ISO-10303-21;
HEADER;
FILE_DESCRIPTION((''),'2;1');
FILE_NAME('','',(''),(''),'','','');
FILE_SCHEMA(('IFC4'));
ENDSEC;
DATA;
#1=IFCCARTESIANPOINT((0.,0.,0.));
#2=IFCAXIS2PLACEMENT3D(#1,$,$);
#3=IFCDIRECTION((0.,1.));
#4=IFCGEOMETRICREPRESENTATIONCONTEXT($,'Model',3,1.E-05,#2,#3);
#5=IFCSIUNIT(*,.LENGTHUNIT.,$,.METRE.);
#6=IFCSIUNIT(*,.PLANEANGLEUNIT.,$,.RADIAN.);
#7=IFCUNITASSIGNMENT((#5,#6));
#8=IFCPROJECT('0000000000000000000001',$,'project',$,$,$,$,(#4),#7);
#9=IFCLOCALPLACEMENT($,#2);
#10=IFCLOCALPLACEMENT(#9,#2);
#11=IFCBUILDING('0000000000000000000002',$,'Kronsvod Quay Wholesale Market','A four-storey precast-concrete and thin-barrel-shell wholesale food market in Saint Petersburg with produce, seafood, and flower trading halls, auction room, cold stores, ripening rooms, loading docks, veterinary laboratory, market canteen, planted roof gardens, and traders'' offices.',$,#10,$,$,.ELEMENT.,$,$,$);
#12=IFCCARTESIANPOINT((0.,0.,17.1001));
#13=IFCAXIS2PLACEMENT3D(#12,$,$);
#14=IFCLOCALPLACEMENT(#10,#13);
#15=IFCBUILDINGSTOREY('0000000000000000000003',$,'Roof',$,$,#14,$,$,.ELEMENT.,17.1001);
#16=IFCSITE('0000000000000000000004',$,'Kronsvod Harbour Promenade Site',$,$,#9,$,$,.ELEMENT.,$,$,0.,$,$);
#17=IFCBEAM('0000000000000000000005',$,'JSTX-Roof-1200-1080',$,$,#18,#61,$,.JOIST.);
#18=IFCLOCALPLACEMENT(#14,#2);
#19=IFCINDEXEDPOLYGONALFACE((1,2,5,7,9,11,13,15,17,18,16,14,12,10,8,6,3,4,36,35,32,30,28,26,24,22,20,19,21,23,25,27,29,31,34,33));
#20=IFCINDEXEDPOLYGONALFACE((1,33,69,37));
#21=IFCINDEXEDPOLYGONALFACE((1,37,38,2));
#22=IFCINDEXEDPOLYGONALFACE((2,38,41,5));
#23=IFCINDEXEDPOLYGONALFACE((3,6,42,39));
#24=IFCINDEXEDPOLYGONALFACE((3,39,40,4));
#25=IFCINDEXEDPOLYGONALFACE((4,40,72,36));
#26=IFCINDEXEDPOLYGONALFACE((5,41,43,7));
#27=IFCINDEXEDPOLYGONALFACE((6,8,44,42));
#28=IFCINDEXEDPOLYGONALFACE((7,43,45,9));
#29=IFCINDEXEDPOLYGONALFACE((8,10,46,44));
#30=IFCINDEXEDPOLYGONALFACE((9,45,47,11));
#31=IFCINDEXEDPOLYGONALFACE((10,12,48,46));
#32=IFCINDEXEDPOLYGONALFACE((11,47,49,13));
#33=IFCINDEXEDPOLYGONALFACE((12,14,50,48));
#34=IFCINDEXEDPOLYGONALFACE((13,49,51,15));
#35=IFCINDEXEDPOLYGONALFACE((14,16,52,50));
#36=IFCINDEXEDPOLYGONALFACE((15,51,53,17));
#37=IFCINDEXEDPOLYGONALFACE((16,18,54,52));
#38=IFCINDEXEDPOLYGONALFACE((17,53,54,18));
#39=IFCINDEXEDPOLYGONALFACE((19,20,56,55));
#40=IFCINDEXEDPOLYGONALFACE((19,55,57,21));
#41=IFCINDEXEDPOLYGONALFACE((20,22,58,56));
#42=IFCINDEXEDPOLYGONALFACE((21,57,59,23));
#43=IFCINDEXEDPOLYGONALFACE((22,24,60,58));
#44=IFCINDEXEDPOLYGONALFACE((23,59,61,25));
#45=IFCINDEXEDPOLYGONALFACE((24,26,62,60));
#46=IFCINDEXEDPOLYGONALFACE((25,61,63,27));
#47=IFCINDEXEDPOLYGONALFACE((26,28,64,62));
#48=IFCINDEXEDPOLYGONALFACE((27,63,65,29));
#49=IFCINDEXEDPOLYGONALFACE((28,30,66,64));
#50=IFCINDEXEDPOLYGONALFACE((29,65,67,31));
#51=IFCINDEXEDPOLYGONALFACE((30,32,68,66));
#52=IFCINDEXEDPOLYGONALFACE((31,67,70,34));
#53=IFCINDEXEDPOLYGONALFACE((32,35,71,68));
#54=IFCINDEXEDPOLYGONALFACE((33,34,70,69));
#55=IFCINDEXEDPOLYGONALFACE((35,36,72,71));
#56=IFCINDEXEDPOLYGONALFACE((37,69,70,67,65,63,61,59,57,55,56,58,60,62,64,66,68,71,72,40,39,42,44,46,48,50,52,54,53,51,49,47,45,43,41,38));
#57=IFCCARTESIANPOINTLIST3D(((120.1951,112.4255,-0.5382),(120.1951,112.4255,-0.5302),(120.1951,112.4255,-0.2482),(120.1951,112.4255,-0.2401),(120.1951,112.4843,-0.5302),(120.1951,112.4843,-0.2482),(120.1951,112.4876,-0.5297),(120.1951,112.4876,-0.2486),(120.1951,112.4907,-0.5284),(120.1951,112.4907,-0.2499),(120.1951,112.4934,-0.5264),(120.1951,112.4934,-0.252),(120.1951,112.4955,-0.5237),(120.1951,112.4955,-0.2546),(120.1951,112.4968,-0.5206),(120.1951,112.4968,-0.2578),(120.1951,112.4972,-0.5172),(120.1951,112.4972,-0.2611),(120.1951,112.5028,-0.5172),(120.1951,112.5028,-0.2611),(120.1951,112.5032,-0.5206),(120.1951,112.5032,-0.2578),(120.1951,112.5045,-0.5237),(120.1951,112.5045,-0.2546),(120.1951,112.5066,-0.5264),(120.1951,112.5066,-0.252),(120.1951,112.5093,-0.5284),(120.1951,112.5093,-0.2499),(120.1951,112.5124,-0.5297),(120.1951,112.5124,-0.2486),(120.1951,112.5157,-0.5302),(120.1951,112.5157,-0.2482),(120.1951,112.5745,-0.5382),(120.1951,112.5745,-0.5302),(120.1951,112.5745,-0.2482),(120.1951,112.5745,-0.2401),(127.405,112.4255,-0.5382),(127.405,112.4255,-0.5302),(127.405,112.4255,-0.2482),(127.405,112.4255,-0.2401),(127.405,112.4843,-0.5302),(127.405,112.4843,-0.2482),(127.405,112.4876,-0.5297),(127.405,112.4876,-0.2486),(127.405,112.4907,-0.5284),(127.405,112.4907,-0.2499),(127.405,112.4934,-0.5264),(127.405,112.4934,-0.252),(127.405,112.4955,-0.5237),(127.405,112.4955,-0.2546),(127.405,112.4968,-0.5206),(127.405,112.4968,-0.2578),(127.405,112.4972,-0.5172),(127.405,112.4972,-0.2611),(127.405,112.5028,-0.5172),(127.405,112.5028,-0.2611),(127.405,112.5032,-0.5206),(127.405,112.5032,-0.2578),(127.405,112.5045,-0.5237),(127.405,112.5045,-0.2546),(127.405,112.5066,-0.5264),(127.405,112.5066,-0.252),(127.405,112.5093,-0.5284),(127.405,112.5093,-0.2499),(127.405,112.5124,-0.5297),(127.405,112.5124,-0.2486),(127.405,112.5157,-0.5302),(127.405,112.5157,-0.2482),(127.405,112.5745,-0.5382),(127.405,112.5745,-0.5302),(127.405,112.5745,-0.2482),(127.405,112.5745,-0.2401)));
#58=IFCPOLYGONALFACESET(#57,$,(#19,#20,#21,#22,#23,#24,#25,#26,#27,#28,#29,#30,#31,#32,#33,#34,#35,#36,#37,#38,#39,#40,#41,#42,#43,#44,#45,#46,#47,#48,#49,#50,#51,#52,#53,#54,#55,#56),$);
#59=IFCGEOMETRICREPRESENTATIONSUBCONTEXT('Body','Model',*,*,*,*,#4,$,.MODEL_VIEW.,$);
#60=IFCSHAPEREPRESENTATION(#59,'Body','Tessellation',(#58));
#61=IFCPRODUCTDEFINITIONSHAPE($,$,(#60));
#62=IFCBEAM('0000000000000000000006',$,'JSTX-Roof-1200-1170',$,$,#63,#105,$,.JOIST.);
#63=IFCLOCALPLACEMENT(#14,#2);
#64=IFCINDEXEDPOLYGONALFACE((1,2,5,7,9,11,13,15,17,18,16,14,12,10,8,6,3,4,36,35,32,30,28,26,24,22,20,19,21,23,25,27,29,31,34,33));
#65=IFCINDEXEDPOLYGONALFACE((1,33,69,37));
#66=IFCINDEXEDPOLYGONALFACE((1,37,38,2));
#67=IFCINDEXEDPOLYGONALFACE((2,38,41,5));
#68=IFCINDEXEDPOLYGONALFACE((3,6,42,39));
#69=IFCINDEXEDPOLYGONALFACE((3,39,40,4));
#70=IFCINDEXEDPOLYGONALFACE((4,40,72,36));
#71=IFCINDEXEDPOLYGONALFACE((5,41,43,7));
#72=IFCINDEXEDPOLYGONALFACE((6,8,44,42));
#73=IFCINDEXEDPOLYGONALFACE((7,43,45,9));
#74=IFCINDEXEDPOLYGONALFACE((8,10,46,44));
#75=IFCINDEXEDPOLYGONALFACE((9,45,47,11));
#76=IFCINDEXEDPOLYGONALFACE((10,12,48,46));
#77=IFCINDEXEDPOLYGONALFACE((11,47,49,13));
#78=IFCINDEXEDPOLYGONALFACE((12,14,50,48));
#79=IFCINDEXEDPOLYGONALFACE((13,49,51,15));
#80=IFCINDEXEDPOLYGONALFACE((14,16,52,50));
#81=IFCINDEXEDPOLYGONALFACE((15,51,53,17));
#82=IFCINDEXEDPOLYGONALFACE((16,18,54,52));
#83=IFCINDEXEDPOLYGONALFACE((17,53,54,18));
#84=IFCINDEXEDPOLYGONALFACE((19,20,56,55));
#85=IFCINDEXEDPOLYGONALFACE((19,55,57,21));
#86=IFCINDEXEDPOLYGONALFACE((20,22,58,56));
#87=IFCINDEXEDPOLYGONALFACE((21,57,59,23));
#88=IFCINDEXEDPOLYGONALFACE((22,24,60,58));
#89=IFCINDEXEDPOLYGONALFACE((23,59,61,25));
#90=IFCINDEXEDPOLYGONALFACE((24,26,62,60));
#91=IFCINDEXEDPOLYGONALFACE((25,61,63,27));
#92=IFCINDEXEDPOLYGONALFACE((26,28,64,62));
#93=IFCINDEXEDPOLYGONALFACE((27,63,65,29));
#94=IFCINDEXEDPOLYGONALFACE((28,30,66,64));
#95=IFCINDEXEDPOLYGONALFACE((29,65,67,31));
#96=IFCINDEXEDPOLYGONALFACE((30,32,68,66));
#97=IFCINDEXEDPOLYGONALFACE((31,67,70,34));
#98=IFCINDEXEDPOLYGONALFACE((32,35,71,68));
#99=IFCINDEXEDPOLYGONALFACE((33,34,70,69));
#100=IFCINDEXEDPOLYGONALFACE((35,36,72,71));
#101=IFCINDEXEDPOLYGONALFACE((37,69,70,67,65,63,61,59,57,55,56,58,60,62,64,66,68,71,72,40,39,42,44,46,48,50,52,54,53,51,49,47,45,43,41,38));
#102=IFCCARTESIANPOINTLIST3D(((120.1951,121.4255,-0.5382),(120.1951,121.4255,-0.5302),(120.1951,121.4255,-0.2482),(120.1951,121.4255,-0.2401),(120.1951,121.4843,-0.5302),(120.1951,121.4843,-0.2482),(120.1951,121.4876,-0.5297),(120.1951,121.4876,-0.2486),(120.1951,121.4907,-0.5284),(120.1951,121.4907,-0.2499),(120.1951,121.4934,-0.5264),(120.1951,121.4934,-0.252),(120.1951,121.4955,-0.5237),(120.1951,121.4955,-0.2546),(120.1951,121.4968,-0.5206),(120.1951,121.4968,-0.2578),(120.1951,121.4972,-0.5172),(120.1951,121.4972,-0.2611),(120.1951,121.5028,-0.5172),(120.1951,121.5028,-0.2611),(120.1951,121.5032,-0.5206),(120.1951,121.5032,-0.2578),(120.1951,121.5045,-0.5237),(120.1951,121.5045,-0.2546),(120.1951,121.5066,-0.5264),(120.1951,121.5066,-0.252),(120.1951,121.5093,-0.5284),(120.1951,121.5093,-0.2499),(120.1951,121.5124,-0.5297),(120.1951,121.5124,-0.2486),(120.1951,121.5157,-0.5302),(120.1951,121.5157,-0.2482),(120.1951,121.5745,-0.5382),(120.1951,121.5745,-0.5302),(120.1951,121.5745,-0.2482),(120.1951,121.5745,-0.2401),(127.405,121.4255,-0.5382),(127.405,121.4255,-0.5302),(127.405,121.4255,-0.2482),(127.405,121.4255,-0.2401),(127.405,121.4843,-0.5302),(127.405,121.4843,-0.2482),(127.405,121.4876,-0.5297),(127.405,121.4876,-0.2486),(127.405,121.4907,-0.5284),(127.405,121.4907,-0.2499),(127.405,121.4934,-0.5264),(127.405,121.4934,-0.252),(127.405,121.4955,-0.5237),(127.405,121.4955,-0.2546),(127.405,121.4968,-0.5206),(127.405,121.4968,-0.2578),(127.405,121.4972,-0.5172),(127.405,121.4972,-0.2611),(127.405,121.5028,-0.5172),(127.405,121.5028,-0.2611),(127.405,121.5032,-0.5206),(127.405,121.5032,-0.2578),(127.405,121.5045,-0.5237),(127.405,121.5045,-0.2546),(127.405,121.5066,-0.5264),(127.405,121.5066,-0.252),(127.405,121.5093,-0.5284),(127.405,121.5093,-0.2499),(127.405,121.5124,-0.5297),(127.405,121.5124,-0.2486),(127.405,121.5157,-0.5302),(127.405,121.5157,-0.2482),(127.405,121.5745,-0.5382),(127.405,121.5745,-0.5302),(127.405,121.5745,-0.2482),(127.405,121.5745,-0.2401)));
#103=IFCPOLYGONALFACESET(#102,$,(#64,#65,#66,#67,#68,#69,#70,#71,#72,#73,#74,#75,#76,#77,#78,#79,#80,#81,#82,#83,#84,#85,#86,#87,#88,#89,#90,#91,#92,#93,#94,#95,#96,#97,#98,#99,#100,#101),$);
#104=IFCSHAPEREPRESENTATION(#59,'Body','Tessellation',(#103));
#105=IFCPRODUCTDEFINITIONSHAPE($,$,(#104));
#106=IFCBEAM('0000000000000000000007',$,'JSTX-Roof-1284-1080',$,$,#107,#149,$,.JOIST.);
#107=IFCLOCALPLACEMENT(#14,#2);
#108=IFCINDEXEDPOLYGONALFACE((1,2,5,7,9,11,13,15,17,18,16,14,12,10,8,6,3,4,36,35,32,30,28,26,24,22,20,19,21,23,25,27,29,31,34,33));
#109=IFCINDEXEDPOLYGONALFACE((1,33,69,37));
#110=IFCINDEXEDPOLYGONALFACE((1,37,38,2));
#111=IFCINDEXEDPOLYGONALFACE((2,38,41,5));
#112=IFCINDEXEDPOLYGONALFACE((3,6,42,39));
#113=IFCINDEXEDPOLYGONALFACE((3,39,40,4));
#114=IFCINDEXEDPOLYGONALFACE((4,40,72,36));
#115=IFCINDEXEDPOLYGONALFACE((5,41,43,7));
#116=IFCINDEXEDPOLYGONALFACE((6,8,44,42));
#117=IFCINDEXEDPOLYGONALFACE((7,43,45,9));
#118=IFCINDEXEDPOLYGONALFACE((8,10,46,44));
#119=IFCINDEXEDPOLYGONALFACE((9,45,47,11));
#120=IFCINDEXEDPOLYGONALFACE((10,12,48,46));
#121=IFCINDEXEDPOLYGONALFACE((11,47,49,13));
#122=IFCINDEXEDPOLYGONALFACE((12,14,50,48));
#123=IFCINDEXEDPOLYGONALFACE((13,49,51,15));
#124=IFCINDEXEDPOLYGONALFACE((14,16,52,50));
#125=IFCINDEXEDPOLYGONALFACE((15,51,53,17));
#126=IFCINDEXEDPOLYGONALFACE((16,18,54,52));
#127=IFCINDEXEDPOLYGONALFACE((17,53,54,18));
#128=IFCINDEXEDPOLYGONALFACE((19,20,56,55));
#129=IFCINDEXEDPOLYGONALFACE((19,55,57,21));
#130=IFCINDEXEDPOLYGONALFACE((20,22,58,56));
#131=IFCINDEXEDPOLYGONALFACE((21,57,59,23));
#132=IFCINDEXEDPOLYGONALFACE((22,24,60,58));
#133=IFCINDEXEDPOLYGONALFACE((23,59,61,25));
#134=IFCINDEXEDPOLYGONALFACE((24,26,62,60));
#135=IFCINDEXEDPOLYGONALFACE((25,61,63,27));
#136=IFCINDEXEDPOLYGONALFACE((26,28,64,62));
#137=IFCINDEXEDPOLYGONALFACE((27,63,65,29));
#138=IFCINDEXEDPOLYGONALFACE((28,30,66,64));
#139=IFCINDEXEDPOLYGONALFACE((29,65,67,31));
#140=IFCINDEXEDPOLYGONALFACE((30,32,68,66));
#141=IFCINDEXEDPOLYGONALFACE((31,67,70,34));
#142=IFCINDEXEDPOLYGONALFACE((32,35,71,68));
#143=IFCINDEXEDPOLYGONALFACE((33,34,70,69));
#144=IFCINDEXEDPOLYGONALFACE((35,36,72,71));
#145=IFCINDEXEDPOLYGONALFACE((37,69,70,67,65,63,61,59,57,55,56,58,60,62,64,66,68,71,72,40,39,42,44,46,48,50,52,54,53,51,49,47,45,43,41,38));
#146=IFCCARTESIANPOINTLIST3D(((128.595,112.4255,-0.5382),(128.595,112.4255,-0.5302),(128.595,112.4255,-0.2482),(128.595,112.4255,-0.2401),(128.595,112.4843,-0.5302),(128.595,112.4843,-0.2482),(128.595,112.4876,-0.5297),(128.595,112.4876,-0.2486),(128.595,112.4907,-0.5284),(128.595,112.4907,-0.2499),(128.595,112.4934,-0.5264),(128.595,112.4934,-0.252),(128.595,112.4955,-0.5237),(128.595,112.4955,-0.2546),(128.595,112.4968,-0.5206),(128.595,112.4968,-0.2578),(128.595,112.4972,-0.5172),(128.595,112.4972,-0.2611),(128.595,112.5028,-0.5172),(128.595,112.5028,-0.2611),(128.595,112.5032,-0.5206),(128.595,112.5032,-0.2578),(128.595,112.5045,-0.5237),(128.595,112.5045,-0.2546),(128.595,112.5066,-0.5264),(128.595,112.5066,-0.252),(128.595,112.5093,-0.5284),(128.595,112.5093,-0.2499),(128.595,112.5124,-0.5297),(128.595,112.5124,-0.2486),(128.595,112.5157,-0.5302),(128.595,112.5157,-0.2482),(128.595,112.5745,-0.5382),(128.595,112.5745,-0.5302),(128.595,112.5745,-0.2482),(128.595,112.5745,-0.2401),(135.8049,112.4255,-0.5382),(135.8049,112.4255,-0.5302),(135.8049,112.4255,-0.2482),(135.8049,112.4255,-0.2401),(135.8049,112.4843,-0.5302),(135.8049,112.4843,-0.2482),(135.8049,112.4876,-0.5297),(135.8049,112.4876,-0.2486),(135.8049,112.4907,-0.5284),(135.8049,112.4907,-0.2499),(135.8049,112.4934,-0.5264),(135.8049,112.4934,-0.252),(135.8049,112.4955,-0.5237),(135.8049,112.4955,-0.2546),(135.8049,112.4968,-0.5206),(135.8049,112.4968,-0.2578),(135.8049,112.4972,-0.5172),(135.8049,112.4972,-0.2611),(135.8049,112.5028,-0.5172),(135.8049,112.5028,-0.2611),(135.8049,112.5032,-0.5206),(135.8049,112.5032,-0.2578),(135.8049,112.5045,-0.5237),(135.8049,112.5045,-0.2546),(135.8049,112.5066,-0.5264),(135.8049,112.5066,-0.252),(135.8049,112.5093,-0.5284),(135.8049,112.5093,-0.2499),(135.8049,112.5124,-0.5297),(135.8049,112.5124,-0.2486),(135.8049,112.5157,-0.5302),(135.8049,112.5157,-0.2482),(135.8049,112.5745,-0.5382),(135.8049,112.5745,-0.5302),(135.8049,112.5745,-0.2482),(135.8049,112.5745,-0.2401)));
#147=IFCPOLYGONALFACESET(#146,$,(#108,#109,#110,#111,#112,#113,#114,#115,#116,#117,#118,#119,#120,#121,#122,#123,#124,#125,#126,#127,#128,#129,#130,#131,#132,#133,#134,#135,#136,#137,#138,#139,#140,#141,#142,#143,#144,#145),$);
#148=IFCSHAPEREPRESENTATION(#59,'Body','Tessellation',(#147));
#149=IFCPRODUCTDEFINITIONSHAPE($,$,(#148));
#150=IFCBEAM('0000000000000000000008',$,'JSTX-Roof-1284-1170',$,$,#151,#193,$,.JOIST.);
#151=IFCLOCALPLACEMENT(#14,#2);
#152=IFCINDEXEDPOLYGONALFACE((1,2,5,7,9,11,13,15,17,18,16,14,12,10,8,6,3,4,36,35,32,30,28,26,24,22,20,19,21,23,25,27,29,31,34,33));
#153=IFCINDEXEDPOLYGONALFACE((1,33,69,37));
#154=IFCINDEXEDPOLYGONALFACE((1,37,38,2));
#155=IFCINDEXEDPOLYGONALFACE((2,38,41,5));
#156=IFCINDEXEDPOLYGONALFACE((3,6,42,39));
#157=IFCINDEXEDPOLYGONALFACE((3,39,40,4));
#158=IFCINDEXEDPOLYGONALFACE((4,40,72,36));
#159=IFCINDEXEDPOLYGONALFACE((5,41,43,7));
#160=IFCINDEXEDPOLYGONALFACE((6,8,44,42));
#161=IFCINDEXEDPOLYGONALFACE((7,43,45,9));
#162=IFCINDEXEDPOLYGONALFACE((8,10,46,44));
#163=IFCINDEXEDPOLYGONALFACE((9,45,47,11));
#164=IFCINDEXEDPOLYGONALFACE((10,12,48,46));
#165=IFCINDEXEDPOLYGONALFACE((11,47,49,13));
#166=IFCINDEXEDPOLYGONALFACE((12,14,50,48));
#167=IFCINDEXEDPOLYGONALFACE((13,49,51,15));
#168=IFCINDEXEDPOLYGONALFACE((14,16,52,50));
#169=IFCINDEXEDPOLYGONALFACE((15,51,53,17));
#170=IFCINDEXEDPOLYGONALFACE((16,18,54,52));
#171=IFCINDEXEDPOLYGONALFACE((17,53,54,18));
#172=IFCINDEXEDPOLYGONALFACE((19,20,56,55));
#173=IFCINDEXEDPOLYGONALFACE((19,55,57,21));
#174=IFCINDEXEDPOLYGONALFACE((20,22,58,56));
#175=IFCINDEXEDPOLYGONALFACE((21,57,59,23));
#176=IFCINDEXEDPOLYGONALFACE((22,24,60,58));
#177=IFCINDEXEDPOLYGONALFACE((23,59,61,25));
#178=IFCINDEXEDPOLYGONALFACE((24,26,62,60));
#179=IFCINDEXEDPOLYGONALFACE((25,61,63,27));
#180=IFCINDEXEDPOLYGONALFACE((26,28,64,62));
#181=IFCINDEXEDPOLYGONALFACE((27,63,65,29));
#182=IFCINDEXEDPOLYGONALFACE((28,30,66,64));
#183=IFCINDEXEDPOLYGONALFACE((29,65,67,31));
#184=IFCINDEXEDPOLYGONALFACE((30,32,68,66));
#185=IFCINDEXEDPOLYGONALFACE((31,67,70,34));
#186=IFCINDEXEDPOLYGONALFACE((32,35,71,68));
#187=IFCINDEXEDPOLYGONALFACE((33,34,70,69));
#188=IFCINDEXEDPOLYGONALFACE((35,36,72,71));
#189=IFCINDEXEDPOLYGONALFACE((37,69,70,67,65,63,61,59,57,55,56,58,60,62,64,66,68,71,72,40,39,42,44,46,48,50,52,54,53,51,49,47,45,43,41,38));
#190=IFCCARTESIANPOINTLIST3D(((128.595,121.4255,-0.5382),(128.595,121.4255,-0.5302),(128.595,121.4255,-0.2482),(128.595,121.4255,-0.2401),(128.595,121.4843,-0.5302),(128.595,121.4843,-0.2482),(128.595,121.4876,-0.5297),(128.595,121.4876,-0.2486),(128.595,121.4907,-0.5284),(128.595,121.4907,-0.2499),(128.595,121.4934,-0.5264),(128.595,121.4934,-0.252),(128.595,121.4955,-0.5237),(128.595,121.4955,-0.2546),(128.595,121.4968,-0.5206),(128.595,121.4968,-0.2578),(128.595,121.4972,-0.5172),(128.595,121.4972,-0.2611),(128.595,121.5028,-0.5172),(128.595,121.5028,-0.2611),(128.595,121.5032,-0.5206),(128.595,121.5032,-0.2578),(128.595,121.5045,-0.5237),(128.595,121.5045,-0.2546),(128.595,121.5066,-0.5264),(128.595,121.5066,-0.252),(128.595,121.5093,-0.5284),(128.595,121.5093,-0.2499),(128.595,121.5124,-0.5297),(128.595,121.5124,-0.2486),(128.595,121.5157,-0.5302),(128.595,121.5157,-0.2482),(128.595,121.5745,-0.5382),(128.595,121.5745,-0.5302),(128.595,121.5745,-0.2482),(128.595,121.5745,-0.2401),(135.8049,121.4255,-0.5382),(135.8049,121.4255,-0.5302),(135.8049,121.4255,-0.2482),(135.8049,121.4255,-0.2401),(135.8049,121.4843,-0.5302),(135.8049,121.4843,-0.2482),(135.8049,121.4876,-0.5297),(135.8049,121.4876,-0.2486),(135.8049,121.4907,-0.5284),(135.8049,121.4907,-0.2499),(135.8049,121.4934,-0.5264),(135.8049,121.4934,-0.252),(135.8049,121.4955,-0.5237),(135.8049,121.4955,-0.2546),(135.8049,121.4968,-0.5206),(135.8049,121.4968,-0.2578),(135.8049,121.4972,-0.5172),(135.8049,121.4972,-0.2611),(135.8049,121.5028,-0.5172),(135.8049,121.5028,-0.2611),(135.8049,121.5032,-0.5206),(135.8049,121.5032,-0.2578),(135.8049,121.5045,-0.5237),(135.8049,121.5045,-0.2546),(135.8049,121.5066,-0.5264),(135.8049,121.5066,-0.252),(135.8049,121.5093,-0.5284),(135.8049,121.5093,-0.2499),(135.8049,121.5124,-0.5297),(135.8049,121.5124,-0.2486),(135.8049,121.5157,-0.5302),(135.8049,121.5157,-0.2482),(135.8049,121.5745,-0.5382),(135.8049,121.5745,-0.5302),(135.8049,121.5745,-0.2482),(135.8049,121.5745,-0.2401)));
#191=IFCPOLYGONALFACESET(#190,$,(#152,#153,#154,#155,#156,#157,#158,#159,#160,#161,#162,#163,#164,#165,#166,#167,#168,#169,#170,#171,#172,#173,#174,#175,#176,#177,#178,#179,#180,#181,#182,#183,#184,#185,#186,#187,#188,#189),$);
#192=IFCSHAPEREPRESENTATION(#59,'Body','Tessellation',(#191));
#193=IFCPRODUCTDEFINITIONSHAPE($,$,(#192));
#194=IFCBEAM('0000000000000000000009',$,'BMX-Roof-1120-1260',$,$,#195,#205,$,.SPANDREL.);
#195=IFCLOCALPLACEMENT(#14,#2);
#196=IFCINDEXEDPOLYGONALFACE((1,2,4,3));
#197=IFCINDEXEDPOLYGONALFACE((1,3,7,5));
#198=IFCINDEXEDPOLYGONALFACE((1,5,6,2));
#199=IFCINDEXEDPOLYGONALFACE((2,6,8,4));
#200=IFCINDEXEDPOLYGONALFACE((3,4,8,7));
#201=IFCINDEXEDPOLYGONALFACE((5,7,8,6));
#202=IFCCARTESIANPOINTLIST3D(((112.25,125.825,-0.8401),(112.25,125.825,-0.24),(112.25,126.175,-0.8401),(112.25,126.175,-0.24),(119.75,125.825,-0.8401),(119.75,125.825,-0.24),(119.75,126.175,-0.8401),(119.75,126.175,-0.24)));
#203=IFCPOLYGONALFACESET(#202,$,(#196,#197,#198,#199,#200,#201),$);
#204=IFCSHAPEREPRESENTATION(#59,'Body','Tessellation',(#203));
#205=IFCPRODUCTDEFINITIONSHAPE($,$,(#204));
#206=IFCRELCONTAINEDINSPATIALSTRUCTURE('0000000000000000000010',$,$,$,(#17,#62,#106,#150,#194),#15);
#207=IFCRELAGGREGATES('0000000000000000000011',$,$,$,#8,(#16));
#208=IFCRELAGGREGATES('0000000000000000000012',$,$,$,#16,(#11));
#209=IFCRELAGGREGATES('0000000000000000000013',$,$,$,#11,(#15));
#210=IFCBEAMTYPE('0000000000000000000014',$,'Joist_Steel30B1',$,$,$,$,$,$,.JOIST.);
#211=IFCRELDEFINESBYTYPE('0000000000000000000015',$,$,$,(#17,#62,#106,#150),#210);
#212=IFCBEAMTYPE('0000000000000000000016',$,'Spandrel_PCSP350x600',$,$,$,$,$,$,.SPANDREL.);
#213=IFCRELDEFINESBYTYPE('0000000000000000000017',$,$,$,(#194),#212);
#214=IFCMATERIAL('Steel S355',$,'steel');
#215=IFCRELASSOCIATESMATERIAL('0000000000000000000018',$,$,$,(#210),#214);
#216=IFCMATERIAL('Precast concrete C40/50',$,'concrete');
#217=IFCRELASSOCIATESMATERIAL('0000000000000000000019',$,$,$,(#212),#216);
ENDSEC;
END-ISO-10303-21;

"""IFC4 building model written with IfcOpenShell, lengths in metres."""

from ifc_helpers import new_model, si_unit, direction, frame, origin, origin_2d, place, context, subcontext, project, spatial, rectangle, i_section, extrude, material, material_profile, profile_set, type_object, element, save


model = new_model("IFC4")

# Units and contexts
model_context = context("Model", 3, precision=1e-05, world=origin(), true_north=direction((0.0, 1.0)))
body_context = subcontext(model_context, "Body", "Model", "MODEL_VIEW")
ifc_project = project(units=[si_unit("LENGTHUNIT", "METRE"), si_unit("PLANEANGLEUNIT", "RADIAN")], contexts=[model_context])

# Site, building, storey
site_placement = place(None, origin())
site = spatial("IfcSite", under=ifc_project, at=site_placement, Name="Kronsvod Harbour Promenade Site", CompositionType="ELEMENT", RefElevation=0.0)
building_placement = place(site_placement, origin())
building = spatial("IfcBuilding", under=site, at=building_placement, Name="Kronsvod Quay Wholesale Market", Description="A four-storey precast-concrete and thin-barrel-shell wholesale food market in Saint Petersburg with produce, seafood, and flower trading halls, auction room, cold stores, ripening rooms, loading docks, veterinary laboratory, market canteen, planted roof gardens, and traders' offices.", CompositionType="ELEMENT")
storey_placement = place(building_placement, frame((0.0, 0.0, 17.1001)))
storey = spatial("IfcBuildingStorey", under=building, at=storey_placement, Name="Roof", CompositionType="ELEMENT", Elevation=17.1001)

# Beams
ifc_material_1 = material(Name="Steel S355", Category="steel")
ifc_material_profile_1 = material_profile(ifc_material_1, i_section(OverallWidth=0.1489, OverallDepth=0.2981, WebThickness=0.0056, FlangeThickness=0.0081, FilletRadius=0.0129, at=origin_2d()), Name="30B1")
ifc_profile_set_1 = profile_set([ifc_material_profile_1], Name="Steel S355")
beam_type_1 = type_object("IfcBeamType", Name="Joist_Steel30B1", PredefinedType="JOIST", material=ifc_profile_set_1)
for number, where, z_axis, x_axis, name in (
    (1, (120.1951, 112.5, -0.3892), (1.0, 0.0, 0.0), (0.0, 1.0, 0.0), "JSTX-Roof-1200-1080"),
    (2, (120.1951, 121.5, -0.3892), (1.0, 0.0, 0.0), (0.0, 1.0, 0.0), "JSTX-Roof-1200-1170"),
    (3, (128.595, 112.5, -0.3892), (1.0, 0.0, 0.0), (0.0, 1.0, 0.0), "JSTX-Roof-1284-1080"),
    (4, (128.595, 121.5, -0.3892), (1.0, 0.0, 0.0), (0.0, 1.0, 0.0), "JSTX-Roof-1284-1170"),
):
    element("IfcBeam", number, at=place(storey_placement, frame(where, z_axis=z_axis, x_axis=x_axis)), inside=storey, type_object=beam_type_1, Name=name, PredefinedType="JOIST", context=body_context, shape_type="SweptSolid", body=[
        extrude(i_section(OverallWidth=0.1489, OverallDepth=0.2981, WebThickness=0.0056, FlangeThickness=0.0081, FilletRadius=0.0129, at=origin_2d()), origin(), (0.0, 0.0, 1.0), 7.21),
    ])
ifc_material_2 = material(Name="Precast concrete C40/50", Category="concrete")
ifc_material_profile_2 = material_profile(ifc_material_2, rectangle(XDim=0.3501, YDim=0.6001, at=origin_2d()), Name="PCSP350x600")
ifc_profile_set_2 = profile_set([ifc_material_profile_2], Name="Precast concrete C40/50")
beam_type_2 = type_object("IfcBeamType", Name="Spandrel_PCSP350x600", PredefinedType="SPANDREL", material=ifc_profile_set_2)
beam_1_placement = place(storey_placement, frame((112.25, 126.0, -0.54), z_axis=(1.0, 0.0, 0.0), x_axis=(0.0, 1.0, 0.0)))
element("IfcBeam", 5, at=beam_1_placement, inside=storey, type_object=beam_type_2, Name="BMX-Roof-1120-1260", PredefinedType="SPANDREL", context=body_context, shape_type="SweptSolid", body=[
    extrude(rectangle(XDim=0.3501, YDim=0.6001, at=origin_2d()), origin(), (0.0, 0.0, 1.0), 7.5),
])

save(model, "model.ifc")
